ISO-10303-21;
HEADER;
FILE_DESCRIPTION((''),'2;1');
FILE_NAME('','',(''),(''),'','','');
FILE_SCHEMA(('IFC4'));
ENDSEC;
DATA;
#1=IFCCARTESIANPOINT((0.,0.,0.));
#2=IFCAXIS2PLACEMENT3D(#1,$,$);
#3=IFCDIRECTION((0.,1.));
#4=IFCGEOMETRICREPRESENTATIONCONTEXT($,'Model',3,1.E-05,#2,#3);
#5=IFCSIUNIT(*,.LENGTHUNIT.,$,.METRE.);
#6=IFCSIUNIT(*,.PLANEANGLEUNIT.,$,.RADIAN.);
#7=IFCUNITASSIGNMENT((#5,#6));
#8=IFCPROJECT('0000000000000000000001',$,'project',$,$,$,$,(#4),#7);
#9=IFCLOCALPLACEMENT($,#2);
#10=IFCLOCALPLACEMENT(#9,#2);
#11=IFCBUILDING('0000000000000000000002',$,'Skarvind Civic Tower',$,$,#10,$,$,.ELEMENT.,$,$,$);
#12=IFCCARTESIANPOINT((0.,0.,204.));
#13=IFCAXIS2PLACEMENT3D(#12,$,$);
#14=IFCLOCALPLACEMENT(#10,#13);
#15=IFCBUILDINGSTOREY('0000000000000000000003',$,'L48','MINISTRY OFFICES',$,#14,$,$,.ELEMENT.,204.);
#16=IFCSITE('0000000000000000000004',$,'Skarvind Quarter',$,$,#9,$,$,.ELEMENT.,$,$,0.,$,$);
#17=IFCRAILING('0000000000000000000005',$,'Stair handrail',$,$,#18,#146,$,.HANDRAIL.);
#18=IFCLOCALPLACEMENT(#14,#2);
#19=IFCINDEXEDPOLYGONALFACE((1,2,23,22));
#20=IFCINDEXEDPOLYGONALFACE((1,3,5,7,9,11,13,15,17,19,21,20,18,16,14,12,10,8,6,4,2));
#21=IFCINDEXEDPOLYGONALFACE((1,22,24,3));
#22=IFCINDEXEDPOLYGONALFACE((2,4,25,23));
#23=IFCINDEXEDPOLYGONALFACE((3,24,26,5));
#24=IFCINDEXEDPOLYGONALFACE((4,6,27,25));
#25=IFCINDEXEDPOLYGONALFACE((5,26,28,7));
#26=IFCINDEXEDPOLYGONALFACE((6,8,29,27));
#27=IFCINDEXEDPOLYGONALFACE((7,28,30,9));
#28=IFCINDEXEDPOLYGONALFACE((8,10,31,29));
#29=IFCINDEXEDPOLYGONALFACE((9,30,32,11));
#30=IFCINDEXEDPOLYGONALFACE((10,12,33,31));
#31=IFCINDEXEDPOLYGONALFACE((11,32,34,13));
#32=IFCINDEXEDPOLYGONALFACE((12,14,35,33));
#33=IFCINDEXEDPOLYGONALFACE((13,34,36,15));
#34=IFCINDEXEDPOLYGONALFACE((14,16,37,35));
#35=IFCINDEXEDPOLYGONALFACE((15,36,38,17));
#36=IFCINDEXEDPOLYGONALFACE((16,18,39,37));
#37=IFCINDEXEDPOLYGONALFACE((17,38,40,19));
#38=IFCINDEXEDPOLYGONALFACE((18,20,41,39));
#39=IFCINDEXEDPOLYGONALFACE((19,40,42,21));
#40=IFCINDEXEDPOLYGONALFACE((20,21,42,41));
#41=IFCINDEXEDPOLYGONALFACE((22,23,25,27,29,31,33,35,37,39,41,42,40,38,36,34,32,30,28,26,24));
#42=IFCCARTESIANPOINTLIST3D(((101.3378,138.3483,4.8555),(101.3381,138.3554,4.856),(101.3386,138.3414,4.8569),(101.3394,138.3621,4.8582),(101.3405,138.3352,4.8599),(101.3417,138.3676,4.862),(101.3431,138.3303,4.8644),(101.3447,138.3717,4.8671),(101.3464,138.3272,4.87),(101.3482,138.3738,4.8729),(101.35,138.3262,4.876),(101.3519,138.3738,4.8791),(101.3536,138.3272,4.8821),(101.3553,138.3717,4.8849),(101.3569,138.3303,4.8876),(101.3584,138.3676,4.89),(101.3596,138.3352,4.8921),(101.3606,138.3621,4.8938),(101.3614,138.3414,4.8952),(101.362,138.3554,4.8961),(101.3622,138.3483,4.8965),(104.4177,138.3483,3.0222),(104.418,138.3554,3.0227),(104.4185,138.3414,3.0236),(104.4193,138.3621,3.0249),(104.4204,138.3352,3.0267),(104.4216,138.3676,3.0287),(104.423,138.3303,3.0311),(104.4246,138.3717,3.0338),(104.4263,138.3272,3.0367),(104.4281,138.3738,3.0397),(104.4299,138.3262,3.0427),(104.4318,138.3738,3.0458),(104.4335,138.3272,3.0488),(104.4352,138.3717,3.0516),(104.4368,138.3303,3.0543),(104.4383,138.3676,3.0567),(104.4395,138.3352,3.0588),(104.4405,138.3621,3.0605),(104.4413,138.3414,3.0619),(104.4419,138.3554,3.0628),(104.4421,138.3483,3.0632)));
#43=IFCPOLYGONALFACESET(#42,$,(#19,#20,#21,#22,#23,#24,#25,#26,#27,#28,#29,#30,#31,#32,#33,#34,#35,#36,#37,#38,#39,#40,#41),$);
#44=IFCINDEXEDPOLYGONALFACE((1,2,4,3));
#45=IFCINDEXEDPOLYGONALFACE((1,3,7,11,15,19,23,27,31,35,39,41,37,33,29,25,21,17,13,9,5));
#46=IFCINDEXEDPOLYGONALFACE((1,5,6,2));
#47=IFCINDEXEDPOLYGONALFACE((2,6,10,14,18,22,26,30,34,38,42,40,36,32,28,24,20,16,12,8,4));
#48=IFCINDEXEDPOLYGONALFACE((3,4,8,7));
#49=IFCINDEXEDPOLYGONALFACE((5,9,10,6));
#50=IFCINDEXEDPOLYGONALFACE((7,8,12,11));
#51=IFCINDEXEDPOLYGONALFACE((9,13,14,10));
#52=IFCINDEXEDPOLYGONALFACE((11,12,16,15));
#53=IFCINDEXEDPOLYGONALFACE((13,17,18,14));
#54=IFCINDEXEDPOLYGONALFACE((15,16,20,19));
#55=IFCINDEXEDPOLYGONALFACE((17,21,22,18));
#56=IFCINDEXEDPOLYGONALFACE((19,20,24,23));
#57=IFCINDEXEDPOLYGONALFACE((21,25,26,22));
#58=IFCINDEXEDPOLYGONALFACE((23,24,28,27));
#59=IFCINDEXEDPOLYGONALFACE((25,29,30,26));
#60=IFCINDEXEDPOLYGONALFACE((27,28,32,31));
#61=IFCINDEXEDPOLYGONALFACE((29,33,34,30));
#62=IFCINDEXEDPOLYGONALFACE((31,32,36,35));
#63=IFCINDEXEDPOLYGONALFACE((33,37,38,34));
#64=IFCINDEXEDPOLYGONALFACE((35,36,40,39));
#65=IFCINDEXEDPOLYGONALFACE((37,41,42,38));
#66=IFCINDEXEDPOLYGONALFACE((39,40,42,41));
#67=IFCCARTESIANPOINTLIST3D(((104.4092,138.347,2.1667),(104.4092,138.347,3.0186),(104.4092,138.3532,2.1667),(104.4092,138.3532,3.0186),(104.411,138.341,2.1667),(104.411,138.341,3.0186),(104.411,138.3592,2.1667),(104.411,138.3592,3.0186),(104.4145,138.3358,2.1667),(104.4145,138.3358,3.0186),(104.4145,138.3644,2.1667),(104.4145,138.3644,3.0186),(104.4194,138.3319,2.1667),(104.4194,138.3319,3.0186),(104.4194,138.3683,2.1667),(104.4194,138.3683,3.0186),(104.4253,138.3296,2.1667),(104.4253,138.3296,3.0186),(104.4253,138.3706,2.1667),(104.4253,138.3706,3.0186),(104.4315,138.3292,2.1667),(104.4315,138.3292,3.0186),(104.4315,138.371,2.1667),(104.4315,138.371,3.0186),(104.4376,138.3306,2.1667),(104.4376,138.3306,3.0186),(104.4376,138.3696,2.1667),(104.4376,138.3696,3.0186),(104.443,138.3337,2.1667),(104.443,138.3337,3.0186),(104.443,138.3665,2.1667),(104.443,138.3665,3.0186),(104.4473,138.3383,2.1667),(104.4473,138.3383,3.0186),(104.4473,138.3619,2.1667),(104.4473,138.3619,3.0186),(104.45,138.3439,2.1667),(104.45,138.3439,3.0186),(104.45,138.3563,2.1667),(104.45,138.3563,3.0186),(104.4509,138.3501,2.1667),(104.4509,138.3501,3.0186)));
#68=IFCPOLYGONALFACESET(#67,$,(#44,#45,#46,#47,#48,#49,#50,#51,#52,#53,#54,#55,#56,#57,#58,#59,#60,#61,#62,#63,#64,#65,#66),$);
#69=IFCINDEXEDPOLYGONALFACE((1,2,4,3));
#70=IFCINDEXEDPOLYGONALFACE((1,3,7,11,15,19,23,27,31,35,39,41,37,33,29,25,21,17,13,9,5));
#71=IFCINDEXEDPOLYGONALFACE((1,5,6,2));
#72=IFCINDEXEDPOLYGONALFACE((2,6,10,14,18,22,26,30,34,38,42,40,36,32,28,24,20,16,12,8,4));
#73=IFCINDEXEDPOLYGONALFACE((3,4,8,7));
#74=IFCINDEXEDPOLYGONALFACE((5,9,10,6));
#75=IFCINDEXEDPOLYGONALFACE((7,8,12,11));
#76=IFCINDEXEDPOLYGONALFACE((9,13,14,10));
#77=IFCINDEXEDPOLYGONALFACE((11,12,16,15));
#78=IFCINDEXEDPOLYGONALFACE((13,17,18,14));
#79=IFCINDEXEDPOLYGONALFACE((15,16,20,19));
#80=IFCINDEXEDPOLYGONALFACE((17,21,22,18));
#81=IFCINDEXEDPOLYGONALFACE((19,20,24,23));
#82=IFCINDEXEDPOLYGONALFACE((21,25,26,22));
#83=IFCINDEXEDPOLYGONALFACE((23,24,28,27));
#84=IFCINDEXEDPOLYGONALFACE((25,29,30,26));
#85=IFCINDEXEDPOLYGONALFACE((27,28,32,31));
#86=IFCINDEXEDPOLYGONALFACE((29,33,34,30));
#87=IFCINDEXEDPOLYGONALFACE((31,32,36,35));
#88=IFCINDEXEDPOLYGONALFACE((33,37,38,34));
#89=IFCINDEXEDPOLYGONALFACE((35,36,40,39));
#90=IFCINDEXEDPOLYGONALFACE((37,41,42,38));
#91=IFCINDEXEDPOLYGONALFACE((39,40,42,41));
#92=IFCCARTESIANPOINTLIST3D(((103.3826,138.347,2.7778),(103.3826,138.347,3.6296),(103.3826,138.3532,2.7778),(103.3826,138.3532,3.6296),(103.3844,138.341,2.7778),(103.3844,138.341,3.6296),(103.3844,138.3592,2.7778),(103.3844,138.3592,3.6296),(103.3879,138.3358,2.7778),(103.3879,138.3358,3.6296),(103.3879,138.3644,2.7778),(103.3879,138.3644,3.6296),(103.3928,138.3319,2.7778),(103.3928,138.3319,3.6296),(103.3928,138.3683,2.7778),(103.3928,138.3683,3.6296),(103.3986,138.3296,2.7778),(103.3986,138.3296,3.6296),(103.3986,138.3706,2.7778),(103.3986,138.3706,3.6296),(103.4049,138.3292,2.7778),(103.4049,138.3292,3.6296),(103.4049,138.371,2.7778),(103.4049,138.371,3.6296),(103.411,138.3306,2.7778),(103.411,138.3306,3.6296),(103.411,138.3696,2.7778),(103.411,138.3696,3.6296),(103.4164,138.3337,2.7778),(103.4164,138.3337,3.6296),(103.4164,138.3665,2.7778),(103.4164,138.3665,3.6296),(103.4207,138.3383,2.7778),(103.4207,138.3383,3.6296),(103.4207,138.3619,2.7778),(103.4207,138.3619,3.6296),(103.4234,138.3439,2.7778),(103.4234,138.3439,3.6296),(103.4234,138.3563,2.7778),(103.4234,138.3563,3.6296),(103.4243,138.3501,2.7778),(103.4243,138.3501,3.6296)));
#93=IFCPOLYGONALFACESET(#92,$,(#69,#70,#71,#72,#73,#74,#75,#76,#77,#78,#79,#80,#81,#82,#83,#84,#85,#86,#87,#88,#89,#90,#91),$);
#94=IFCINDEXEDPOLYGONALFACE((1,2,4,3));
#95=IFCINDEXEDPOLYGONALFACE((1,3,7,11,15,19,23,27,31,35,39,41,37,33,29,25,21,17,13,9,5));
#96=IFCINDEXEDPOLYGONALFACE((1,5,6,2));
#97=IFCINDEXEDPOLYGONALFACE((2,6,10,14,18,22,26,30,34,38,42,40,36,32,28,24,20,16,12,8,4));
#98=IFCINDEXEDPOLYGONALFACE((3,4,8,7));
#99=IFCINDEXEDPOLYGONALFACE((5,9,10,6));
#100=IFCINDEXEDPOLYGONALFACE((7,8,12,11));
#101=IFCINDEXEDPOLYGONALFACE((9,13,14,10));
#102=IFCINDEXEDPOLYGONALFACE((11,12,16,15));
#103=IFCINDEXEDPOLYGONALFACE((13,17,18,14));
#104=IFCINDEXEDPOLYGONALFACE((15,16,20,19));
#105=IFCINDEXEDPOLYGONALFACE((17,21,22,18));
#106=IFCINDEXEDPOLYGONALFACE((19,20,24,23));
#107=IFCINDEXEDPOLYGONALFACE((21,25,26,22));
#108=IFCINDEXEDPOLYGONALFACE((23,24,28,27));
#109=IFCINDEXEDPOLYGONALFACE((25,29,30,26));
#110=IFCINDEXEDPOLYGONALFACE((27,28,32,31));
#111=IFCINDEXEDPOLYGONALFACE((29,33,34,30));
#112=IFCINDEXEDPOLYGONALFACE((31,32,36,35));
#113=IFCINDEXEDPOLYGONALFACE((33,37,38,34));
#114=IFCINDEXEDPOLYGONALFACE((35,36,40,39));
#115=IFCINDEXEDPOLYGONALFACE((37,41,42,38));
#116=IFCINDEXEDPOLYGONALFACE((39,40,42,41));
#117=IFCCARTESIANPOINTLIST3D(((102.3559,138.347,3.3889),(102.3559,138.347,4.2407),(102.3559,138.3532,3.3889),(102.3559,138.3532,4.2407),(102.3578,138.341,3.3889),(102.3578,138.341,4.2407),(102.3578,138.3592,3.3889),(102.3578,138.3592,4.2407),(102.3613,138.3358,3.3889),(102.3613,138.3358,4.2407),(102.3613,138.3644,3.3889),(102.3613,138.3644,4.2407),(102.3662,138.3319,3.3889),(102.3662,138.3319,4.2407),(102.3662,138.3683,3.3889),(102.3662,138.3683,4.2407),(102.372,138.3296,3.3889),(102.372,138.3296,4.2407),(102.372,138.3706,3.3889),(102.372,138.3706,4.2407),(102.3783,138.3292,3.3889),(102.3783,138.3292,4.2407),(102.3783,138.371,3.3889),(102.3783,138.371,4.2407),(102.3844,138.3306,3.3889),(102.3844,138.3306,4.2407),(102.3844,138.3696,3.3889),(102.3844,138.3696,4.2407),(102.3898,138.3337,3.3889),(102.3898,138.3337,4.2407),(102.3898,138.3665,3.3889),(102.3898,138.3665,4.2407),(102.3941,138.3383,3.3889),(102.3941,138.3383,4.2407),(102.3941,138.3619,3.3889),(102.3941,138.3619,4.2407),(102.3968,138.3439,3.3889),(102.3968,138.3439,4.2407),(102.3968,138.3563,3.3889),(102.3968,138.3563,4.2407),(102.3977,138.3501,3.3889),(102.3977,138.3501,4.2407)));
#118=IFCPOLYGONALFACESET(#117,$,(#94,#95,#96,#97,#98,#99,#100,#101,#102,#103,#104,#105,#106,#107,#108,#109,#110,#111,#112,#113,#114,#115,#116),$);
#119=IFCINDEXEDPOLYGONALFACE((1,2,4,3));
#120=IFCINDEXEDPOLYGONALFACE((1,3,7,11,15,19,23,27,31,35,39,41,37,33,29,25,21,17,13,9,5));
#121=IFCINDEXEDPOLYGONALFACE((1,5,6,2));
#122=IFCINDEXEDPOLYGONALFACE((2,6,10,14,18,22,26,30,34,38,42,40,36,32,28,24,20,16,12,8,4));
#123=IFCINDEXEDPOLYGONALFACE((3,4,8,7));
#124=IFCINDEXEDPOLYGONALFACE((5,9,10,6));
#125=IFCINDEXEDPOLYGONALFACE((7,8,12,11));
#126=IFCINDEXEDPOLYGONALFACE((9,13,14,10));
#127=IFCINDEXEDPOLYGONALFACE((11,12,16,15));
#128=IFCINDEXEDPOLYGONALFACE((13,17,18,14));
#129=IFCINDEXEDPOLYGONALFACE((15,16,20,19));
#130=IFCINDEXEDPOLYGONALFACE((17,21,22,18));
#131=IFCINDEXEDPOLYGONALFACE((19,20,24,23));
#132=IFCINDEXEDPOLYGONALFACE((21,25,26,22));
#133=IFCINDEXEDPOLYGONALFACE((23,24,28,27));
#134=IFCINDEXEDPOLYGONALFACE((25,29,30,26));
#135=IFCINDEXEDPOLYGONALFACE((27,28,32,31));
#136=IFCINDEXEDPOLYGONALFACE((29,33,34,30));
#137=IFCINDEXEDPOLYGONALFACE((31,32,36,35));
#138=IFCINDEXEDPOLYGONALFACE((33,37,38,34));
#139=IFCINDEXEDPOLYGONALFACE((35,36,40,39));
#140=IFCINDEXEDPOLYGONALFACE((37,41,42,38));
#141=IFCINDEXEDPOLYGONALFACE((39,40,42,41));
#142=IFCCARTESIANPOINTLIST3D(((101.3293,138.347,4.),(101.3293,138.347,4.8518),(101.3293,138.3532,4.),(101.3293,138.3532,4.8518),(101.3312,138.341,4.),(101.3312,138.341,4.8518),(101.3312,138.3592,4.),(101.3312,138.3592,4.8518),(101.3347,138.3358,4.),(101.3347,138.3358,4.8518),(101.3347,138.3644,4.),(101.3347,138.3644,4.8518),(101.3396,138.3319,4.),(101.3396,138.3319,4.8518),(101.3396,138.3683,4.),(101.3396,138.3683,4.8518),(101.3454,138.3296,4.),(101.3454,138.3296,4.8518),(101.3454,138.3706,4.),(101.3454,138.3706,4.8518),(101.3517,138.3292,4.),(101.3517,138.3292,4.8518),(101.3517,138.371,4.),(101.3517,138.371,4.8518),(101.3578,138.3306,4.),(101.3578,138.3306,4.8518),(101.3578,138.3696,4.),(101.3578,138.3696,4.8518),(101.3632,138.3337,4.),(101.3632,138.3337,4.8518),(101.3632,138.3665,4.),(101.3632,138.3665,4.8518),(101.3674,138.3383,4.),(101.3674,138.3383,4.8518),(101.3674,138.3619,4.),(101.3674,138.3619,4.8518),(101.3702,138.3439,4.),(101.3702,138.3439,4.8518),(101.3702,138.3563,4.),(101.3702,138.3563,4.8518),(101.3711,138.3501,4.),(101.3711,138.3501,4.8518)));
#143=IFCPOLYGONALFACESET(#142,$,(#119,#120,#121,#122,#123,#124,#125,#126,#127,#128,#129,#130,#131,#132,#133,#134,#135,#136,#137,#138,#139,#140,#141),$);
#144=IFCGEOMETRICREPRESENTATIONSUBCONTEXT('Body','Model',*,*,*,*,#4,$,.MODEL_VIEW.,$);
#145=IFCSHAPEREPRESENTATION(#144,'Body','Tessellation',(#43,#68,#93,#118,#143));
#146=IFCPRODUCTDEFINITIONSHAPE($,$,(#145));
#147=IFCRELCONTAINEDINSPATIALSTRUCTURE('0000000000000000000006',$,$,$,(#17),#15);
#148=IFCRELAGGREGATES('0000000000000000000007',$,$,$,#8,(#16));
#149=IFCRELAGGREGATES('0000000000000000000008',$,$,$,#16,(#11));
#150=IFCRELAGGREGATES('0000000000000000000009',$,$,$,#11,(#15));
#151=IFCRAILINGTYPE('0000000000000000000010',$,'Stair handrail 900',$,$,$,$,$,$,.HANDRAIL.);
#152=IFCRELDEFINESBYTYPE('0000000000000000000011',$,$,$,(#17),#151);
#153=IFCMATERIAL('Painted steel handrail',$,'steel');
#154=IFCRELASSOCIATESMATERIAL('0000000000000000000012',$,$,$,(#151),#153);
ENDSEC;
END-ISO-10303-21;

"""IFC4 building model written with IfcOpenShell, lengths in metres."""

from ifc_helpers import new_model, si_unit, direction, frame, origin, origin_2d, place, context, subcontext, project, spatial, circle, extrude, material, type_object, element, save


model = new_model("IFC4")

# Units and contexts
model_context = context("Model", 3, precision=1e-05, world=origin(), true_north=direction((0.0, 1.0)))
body_context = subcontext(model_context, "Body", "Model", "MODEL_VIEW")
ifc_project = project(units=[si_unit("LENGTHUNIT", "METRE"), si_unit("PLANEANGLEUNIT", "RADIAN")], contexts=[model_context])

# Site, building, storey
site_placement = place(None, origin())
site = spatial("IfcSite", under=ifc_project, at=site_placement, Name="Skarvind Quarter", CompositionType="ELEMENT", RefElevation=0.0)
building_placement = place(site_placement, origin())
building = spatial("IfcBuilding", under=site, at=building_placement, Name="Skarvind Civic Tower", CompositionType="ELEMENT")
storey_placement = place(building_placement, frame((0.0, 0.0, 204.0)))
storey = spatial("IfcBuildingStorey", under=building, at=storey_placement, Name="L48", Description="MINISTRY OFFICES", CompositionType="ELEMENT", Elevation=204.0)

# Railing
ifc_material_1 = material(Name="Painted steel handrail", Category="steel")
railing_type = type_object("IfcRailingType", Name="Stair handrail 900", PredefinedType="HANDRAIL", material=ifc_material_1)
railing_1_placement = place(storey_placement, frame((104.4299, 138.3501, 2.1667)))
element("IfcRailing", 1, at=railing_1_placement, inside=storey, type_object=railing_type, Name="Stair handrail", PredefinedType="HANDRAIL", context=body_context, shape_type="SweptSolid", body=[
    extrude(circle(Radius=0.0239, at=origin_2d()), frame((0.0, 0.0, 0.876), z_axis=(-0.859291, 0.0, 0.511487), x_axis=(0.0, -1.0, 0.0)), (0.0, 0.0, 1.0), 3.5842),
    extrude(circle(Radius=0.021, at=origin_2d()), origin(), (0.0, 0.0, 1.0), 0.8518),
    extrude(circle(Radius=0.021, at=origin_2d()), frame((-1.0266, 0.0, 0.6111)), (0.0, 0.0, 1.0), 0.8518),
    extrude(circle(Radius=0.021, at=origin_2d()), frame((-2.0532, 0.0, 1.2222)), (0.0, 0.0, 1.0), 0.8518),
    extrude(circle(Radius=0.021, at=origin_2d()), frame((-3.0798, 0.0, 1.8333)), (0.0, 0.0, 1.0), 0.8518),
])

save(model, "model.ifc")
